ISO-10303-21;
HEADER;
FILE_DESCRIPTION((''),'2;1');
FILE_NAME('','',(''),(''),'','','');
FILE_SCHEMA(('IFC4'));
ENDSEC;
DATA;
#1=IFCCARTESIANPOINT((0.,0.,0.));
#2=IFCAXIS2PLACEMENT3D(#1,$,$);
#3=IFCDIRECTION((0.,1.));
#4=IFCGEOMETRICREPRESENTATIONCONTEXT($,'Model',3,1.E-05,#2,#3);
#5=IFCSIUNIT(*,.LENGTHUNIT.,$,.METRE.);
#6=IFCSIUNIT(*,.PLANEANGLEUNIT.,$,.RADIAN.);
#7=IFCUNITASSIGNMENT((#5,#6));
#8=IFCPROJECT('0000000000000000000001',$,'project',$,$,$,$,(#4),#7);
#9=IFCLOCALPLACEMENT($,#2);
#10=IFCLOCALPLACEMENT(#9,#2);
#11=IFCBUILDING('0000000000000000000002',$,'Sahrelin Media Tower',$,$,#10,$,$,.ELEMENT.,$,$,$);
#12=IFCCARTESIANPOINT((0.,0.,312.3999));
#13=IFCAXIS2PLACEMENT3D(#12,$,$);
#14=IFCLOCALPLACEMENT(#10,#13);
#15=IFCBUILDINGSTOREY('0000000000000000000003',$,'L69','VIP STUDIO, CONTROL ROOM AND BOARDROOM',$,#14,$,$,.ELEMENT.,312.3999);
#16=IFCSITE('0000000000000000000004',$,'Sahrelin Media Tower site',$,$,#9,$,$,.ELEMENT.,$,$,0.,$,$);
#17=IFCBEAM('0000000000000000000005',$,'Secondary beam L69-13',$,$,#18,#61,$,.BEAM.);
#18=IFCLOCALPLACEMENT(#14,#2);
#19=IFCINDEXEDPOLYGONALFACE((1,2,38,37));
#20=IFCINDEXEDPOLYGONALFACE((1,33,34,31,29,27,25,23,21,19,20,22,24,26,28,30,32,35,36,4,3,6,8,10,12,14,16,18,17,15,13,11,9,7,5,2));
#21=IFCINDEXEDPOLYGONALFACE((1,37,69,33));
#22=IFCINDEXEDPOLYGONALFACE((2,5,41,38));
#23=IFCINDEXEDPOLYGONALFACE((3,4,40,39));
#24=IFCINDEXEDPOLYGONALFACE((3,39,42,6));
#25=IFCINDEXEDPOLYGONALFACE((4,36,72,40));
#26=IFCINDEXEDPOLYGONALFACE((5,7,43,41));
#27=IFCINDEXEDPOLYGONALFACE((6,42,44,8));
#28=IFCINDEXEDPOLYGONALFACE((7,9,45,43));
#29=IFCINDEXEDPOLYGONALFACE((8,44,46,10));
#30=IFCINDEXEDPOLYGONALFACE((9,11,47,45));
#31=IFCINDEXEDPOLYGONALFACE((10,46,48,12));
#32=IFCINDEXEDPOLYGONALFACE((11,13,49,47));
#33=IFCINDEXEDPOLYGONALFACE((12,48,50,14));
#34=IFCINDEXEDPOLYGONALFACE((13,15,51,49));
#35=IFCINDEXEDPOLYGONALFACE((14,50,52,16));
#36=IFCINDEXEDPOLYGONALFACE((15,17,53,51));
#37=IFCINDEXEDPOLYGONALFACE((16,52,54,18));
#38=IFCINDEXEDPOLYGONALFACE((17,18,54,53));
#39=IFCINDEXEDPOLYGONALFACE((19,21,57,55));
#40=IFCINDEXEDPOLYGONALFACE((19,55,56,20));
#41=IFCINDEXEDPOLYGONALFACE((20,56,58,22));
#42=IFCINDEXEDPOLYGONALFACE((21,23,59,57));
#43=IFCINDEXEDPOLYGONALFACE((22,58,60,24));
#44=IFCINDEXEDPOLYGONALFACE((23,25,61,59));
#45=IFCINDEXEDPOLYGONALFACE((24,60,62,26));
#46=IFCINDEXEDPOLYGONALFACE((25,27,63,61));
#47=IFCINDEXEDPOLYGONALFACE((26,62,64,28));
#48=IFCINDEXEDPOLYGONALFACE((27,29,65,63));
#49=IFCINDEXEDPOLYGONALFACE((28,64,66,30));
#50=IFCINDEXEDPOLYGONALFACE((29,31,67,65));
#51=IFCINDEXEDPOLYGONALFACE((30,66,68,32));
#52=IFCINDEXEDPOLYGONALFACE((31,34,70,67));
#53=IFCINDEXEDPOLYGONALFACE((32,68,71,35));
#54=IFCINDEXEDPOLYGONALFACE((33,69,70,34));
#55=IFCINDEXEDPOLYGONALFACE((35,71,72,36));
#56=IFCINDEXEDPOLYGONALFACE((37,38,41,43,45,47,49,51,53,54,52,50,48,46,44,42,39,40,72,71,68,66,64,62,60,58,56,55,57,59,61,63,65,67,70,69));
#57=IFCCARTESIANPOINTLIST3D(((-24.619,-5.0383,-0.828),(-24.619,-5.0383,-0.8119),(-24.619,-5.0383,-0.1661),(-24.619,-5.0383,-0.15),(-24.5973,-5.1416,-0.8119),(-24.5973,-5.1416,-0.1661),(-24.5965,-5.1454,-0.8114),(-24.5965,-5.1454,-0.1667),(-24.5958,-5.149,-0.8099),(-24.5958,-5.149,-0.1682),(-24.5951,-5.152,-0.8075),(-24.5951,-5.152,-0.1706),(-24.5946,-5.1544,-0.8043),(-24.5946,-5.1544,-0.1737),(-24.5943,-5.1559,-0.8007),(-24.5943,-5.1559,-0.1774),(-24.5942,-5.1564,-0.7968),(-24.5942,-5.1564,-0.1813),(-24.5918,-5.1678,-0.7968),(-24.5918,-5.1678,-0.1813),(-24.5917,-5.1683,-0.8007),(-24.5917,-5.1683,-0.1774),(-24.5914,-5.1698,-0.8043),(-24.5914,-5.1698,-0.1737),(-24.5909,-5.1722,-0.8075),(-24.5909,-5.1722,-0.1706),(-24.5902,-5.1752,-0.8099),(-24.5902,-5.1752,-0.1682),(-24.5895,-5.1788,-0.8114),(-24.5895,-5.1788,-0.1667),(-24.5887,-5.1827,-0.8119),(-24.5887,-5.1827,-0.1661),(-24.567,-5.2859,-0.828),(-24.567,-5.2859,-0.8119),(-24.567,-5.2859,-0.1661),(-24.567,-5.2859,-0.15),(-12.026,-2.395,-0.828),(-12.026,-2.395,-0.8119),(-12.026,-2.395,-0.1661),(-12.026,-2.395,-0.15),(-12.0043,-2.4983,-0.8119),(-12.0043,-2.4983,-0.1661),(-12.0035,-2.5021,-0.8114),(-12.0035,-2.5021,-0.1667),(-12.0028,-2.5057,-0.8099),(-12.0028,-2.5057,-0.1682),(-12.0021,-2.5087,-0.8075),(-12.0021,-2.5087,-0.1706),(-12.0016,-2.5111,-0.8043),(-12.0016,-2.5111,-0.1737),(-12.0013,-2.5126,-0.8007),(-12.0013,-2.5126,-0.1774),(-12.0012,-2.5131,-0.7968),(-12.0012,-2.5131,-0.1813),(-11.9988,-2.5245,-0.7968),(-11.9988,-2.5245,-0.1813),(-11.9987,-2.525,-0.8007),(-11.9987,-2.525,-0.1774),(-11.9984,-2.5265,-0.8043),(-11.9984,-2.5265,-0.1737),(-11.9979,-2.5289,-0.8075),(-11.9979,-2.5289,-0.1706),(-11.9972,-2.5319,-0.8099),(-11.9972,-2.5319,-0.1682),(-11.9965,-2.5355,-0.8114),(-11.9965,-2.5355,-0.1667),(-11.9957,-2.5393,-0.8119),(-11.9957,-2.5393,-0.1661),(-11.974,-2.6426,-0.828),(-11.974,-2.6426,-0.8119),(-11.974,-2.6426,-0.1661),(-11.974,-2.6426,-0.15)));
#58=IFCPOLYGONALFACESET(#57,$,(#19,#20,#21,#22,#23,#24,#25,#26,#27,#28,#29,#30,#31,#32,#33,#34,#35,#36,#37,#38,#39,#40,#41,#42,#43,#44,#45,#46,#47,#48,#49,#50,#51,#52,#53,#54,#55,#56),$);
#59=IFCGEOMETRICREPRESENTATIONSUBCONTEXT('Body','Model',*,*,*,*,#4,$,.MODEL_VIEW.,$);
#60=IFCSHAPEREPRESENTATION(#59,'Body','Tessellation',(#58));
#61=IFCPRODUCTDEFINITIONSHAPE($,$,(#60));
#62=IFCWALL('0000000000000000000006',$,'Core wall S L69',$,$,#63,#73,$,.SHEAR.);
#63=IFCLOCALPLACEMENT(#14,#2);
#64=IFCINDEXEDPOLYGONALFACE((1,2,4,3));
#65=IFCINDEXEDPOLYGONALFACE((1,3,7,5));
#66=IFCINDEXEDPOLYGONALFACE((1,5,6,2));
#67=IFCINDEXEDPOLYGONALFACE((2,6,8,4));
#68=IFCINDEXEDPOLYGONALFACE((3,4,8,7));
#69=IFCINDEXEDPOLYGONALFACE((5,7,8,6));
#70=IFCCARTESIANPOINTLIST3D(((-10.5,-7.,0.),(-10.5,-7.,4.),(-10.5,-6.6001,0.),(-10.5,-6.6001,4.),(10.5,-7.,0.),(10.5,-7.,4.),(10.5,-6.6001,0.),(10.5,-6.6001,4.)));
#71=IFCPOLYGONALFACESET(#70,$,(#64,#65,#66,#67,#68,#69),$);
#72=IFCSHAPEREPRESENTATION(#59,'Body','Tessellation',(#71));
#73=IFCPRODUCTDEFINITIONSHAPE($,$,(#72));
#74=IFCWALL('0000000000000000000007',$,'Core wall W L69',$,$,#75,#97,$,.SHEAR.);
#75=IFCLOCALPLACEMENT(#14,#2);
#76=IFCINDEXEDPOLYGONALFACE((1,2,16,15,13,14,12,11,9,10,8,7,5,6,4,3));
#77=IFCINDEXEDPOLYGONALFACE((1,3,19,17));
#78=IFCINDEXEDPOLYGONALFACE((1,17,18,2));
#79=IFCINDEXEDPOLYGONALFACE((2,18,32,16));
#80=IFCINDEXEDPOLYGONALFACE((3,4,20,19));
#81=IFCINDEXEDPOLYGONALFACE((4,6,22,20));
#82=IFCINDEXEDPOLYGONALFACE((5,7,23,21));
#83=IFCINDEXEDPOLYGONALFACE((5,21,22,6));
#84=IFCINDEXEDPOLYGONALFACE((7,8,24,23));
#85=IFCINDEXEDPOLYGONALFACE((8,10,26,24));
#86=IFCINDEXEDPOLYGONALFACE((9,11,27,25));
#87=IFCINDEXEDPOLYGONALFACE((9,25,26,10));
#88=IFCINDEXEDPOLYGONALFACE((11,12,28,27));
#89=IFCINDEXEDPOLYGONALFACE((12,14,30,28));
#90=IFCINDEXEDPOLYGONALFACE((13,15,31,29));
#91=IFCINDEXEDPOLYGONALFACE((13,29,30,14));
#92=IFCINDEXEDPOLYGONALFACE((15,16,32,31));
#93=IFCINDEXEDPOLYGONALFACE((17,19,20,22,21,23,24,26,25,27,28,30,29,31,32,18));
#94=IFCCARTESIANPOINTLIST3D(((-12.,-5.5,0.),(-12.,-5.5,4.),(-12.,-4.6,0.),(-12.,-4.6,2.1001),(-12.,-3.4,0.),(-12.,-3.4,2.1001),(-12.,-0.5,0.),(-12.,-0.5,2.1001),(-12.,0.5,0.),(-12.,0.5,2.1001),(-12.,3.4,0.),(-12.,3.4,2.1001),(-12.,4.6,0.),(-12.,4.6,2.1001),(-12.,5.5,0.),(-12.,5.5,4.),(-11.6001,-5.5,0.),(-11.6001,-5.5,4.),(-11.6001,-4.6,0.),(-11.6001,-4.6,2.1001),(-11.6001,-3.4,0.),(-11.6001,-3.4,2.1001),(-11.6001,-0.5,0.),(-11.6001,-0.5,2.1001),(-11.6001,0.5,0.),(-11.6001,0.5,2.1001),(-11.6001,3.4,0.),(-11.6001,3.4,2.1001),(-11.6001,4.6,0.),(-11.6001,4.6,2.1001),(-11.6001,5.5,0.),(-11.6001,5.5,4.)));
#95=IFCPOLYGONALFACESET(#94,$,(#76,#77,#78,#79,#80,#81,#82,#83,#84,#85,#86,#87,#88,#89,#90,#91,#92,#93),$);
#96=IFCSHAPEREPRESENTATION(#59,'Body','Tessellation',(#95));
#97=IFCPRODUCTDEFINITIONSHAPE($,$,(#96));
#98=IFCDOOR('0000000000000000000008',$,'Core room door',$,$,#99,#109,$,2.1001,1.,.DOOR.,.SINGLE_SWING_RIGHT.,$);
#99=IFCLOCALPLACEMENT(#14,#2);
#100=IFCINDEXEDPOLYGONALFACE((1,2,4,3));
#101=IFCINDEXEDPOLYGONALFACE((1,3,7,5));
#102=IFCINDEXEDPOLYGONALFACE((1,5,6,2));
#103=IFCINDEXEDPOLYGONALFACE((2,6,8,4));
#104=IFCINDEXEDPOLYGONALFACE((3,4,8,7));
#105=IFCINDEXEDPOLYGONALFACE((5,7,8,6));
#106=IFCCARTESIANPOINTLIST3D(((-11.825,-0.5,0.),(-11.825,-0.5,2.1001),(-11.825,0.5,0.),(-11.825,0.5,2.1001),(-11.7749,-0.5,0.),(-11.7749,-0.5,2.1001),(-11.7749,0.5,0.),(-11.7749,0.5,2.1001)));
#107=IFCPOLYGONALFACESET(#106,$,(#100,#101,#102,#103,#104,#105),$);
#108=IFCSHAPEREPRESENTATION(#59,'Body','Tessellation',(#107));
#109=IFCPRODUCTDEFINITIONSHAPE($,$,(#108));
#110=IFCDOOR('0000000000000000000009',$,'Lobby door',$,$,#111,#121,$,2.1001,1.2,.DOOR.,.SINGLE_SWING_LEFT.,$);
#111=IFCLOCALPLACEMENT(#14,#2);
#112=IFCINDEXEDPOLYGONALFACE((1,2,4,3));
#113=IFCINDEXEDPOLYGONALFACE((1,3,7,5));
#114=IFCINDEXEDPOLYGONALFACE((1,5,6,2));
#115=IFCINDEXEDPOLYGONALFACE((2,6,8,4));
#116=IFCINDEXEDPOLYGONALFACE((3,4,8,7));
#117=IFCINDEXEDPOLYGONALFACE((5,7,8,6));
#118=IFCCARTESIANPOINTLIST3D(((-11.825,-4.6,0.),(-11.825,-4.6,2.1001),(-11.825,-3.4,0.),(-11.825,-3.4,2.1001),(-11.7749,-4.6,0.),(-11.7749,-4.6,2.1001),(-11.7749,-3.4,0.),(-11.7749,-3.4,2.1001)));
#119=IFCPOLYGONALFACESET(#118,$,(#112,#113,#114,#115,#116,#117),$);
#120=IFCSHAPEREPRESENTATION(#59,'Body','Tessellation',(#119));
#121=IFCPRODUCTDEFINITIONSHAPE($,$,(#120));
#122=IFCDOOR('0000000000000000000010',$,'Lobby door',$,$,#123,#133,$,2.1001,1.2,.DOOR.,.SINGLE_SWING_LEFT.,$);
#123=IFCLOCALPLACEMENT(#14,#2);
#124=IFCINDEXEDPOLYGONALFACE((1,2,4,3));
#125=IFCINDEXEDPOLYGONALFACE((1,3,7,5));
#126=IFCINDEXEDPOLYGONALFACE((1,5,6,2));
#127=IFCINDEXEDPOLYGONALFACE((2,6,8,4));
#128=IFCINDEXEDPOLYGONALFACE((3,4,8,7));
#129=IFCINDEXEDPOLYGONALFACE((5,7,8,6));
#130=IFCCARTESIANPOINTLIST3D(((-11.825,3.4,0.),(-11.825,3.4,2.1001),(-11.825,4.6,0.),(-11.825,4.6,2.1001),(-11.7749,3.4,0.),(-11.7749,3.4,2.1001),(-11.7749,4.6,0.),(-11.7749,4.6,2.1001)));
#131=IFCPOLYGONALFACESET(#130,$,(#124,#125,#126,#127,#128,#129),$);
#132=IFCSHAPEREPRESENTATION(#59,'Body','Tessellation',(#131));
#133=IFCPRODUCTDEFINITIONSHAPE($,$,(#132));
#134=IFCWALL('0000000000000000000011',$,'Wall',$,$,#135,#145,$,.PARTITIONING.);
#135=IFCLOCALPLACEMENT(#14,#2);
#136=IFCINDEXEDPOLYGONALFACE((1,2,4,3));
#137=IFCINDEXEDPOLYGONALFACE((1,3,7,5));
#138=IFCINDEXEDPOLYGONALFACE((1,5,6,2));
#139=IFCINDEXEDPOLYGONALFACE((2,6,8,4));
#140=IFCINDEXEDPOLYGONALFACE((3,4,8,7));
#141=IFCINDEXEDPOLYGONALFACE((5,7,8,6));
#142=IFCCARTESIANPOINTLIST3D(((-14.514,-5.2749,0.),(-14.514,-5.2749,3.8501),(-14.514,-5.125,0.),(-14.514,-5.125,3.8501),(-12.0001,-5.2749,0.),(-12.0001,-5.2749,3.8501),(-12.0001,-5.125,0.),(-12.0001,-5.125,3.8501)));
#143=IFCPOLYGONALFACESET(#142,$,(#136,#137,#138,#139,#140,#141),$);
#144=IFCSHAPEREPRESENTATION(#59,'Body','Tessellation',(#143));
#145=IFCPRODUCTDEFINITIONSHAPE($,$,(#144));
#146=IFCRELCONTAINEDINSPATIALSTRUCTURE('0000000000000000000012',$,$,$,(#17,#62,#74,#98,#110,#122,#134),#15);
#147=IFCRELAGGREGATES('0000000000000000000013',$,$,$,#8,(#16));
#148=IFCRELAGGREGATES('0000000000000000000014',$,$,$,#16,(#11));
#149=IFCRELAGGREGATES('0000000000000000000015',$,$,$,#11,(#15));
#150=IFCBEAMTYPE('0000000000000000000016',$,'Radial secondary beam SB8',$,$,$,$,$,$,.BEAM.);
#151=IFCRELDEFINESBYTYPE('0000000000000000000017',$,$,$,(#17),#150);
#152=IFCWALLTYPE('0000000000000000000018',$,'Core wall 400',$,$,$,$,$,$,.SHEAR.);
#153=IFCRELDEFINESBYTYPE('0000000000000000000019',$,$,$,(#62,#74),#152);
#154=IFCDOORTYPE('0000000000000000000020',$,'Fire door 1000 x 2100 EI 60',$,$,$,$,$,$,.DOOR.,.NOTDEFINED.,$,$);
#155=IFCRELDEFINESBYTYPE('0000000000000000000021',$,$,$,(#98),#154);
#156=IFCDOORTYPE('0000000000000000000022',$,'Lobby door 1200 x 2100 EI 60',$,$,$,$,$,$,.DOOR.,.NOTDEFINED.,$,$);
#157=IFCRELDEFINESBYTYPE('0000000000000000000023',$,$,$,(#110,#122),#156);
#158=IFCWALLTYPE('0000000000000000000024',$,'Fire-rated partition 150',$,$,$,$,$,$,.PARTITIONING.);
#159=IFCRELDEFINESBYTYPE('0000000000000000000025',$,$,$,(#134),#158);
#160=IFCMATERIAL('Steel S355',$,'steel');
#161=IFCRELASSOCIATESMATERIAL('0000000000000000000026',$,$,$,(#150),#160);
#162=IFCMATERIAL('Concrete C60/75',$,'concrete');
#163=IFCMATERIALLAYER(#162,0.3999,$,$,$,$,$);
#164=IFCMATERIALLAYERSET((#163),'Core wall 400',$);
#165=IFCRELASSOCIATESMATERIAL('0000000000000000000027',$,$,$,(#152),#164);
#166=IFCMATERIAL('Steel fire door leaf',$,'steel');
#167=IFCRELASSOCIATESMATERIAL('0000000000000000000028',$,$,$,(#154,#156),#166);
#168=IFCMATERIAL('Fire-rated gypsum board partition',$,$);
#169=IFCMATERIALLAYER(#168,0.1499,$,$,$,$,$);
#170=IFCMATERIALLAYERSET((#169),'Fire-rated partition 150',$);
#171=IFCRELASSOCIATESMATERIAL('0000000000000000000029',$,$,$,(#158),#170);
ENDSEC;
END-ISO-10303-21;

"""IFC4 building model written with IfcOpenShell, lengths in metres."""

from ifc_helpers import new_model, si_unit, direction, frame, frame_2d, origin, origin_2d, place, context, subcontext, project, spatial, rectangle, i_section, extrude, material, layer, layer_set, material_profile, profile_set, type_object, element, fill, save


model = new_model("IFC4")

# Units and contexts
model_context = context("Model", 3, precision=1e-05, world=origin(), true_north=direction((0.0, 1.0)))
body_context = subcontext(model_context, "Body", "Model", "MODEL_VIEW")
ifc_project = project(units=[si_unit("LENGTHUNIT", "METRE"), si_unit("PLANEANGLEUNIT", "RADIAN")], contexts=[model_context])

# Site, building, storey
site_placement = place(None, origin())
site = spatial("IfcSite", under=ifc_project, at=site_placement, Name="Sahrelin Media Tower site", CompositionType="ELEMENT", RefElevation=0.0)
building_placement = place(site_placement, origin())
building = spatial("IfcBuilding", under=site, at=building_placement, Name="Sahrelin Media Tower", CompositionType="ELEMENT")
storey_placement = place(building_placement, frame((0.0, 0.0, 312.3999)))
storey = spatial("IfcBuildingStorey", under=building, at=storey_placement, Name="L69", Description="VIP STUDIO, CONTROL ROOM AND BOARDROOM", CompositionType="ELEMENT", Elevation=312.3999)

# Beam
ifc_material_1 = material(Name="Steel S355", Category="steel")
ifc_material_profile_1 = material_profile(ifc_material_1, i_section(OverallWidth=0.2529, OverallDepth=0.678, WebThickness=0.0117, FlangeThickness=0.0161, FilletRadius=0.0151, at=origin_2d()), Name="UB 686x254x125")
ifc_profile_set_1 = profile_set([ifc_material_profile_1], Name="Steel S355")
beam_type_1 = type_object("IfcBeamType", Name="Radial secondary beam SB8", PredefinedType="BEAM", material=ifc_profile_set_1)
beam_1_placement = place(storey_placement, frame((-12.0, -2.5188, -0.489), z_axis=(-0.978673, -0.205426, 0.0), x_axis=(0.205426, -0.978673, 0.0)))
element("IfcBeam", 1, at=beam_1_placement, inside=storey, type_object=beam_type_1, Name="Secondary beam L69-13", PredefinedType="BEAM", context=body_context, shape_type="SweptSolid", body=[
    extrude(i_section(OverallWidth=0.2529, OverallDepth=0.678, WebThickness=0.0117, FlangeThickness=0.0161, FilletRadius=0.0151, at=origin_2d()), origin(), (0.0, 0.0, 1.0), 12.8674),
])

# Wall
ifc_material_2 = material(Name="Concrete C60/75", Category="concrete")
ifc_layer_1 = layer(ifc_material_2, 0.3999)
ifc_layer_set_1 = layer_set([ifc_layer_1], Name="Core wall 400")
wall_type_1 = type_object("IfcWallType", Name="Core wall 400", PredefinedType="SHEAR", material=ifc_layer_set_1)
wall_1_placement = place(storey_placement, frame((-10.5, -6.8, 0.0), z_axis=(0.0, 0.0, 1.0), x_axis=(1.0, 0.0, 0.0)))
element("IfcWall", 2, at=wall_1_placement, inside=storey, type_object=wall_type_1, Name="Core wall S L69", PredefinedType="SHEAR", context=body_context, shape_type="SweptSolid", body=[
    extrude(rectangle(XDim=21.0, YDim=0.3999, at=frame_2d((10.5, 0.0))), origin(), (0.0, 0.0, 1.0), 4.0),
])

# Wall, openings, doors
wall_2_placement = place(storey_placement, frame((-11.8, -5.5, 0.0), z_axis=(0.0, 0.0, 1.0), x_axis=(0.0, 1.0, 0.0)))
wall_2 = element("IfcWall", 3, at=wall_2_placement, inside=storey, type_object=wall_type_1, Name="Core wall W L69", PredefinedType="SHEAR", context=body_context, shape_type="SweptSolid", body=[
    extrude(rectangle(XDim=11.0, YDim=0.3999, at=frame_2d((5.5, 0.0))), origin(), (0.0, 0.0, 1.0), 4.0),
])
opening_1_placement = place(wall_2_placement, frame((5.0, 0.0, 0.0)))
opening_1 = element("IfcOpeningElement", 4, at=opening_1_placement, cuts=wall_2, PredefinedType="OPENING", context=body_context, shape_type="SweptSolid", body=[
    extrude(rectangle(XDim=1.0, YDim=2.1001, at=frame_2d((0.5, 1.05))), frame((0.0, 0.2, 0.0), z_axis=(0.0, -1.0, 0.0), x_axis=(1.0, 0.0, 0.0)), (0.0, 0.0, 1.0), 0.3999),
])
opening_2_placement = place(wall_2_placement, frame((0.8999, 0.0, 0.0)))
opening_2 = element("IfcOpeningElement", 5, at=opening_2_placement, cuts=wall_2, PredefinedType="OPENING", context=body_context, shape_type="SweptSolid", body=[
    extrude(rectangle(XDim=1.2, YDim=2.1001, at=frame_2d((0.6001, 1.05))), frame((0.0, 0.2, 0.0), z_axis=(0.0, -1.0, 0.0), x_axis=(1.0, 0.0, 0.0)), (0.0, 0.0, 1.0), 0.3999),
])
opening_3_placement = place(wall_2_placement, frame((8.8999, 0.0, 0.0)))
opening_3 = element("IfcOpeningElement", 6, at=opening_3_placement, cuts=wall_2, PredefinedType="OPENING", context=body_context, shape_type="SweptSolid", body=[
    extrude(rectangle(XDim=1.2, YDim=2.1001, at=frame_2d((0.6001, 1.05))), frame((0.0, 0.2, 0.0), z_axis=(0.0, -1.0, 0.0), x_axis=(1.0, 0.0, 0.0)), (0.0, 0.0, 1.0), 0.3999),
])
ifc_material_3 = material(Name="Steel fire door leaf", Category="steel")
door_type_1 = type_object("IfcDoorType", Name="Fire door 1000 x 2100 EI 60", OperationType="NOTDEFINED", PredefinedType="DOOR", material=ifc_material_3)
door_1_placement = place(opening_1_placement, origin())
door_1 = element("IfcDoor", 7, at=door_1_placement, inside=storey, type_object=door_type_1, Name="Core room door", OperationType="SINGLE_SWING_RIGHT", OverallHeight=2.1001, OverallWidth=1.0, PredefinedType="DOOR", context=body_context, shape_type="SweptSolid", body=[
    extrude(rectangle(XDim=1.0, YDim=2.1001, at=frame_2d((0.5, 1.05))), frame((0.0, 0.0249, 0.0), z_axis=(0.0, -1.0, 0.0), x_axis=(1.0, 0.0, 0.0)), (0.0, 0.0, 1.0), 0.05),
])
fill(opening_1, door_1)
door_type_2 = type_object("IfcDoorType", Name="Lobby door 1200 x 2100 EI 60", OperationType="NOTDEFINED", PredefinedType="DOOR", material=ifc_material_3)
door_2_placement = place(opening_2_placement, origin())
door_2 = element("IfcDoor", 8, at=door_2_placement, inside=storey, type_object=door_type_2, Name="Lobby door", OperationType="SINGLE_SWING_LEFT", OverallHeight=2.1001, OverallWidth=1.2, PredefinedType="DOOR", context=body_context, shape_type="SweptSolid", body=[
    extrude(rectangle(XDim=1.2, YDim=2.1001, at=frame_2d((0.6001, 1.05))), frame((0.0, 0.0249, 0.0), z_axis=(0.0, -1.0, 0.0), x_axis=(1.0, 0.0, 0.0)), (0.0, 0.0, 1.0), 0.05),
])
fill(opening_2, door_2)
door_3_placement = place(opening_3_placement, origin())
door_3 = element("IfcDoor", 9, at=door_3_placement, inside=storey, type_object=door_type_2, Name="Lobby door", OperationType="SINGLE_SWING_LEFT", OverallHeight=2.1001, OverallWidth=1.2, PredefinedType="DOOR", context=body_context, shape_type="SweptSolid", body=[
    extrude(rectangle(XDim=1.2, YDim=2.1001, at=frame_2d((0.6001, 1.05))), frame((0.0, 0.0249, 0.0), z_axis=(0.0, -1.0, 0.0), x_axis=(1.0, 0.0, 0.0)), (0.0, 0.0, 1.0), 0.05),
])
fill(opening_3, door_3)

# Wall
ifc_material_4 = material(Name="Fire-rated gypsum board partition")
ifc_layer_2 = layer(ifc_material_4, 0.1499)
ifc_layer_set_2 = layer_set([ifc_layer_2], Name="Fire-rated partition 150")
wall_type_2 = type_object("IfcWallType", Name="Fire-rated partition 150", PredefinedType="PARTITIONING", material=ifc_layer_set_2)
wall_3_placement = place(storey_placement, frame((-14.5139, -5.2, 0.0), z_axis=(0.0, 0.0, 1.0), x_axis=(1.0, 0.0, 0.0)))
element("IfcWall", 10, at=wall_3_placement, inside=storey, type_object=wall_type_2, Name="Wall", PredefinedType="PARTITIONING", context=body_context, shape_type="SweptSolid", body=[
    extrude(rectangle(XDim=2.5139, YDim=0.1499, at=frame_2d((1.2568, 0.0))), origin(), (0.0, 0.0, 1.0), 3.8501),
])

save(model, "model.ifc")
